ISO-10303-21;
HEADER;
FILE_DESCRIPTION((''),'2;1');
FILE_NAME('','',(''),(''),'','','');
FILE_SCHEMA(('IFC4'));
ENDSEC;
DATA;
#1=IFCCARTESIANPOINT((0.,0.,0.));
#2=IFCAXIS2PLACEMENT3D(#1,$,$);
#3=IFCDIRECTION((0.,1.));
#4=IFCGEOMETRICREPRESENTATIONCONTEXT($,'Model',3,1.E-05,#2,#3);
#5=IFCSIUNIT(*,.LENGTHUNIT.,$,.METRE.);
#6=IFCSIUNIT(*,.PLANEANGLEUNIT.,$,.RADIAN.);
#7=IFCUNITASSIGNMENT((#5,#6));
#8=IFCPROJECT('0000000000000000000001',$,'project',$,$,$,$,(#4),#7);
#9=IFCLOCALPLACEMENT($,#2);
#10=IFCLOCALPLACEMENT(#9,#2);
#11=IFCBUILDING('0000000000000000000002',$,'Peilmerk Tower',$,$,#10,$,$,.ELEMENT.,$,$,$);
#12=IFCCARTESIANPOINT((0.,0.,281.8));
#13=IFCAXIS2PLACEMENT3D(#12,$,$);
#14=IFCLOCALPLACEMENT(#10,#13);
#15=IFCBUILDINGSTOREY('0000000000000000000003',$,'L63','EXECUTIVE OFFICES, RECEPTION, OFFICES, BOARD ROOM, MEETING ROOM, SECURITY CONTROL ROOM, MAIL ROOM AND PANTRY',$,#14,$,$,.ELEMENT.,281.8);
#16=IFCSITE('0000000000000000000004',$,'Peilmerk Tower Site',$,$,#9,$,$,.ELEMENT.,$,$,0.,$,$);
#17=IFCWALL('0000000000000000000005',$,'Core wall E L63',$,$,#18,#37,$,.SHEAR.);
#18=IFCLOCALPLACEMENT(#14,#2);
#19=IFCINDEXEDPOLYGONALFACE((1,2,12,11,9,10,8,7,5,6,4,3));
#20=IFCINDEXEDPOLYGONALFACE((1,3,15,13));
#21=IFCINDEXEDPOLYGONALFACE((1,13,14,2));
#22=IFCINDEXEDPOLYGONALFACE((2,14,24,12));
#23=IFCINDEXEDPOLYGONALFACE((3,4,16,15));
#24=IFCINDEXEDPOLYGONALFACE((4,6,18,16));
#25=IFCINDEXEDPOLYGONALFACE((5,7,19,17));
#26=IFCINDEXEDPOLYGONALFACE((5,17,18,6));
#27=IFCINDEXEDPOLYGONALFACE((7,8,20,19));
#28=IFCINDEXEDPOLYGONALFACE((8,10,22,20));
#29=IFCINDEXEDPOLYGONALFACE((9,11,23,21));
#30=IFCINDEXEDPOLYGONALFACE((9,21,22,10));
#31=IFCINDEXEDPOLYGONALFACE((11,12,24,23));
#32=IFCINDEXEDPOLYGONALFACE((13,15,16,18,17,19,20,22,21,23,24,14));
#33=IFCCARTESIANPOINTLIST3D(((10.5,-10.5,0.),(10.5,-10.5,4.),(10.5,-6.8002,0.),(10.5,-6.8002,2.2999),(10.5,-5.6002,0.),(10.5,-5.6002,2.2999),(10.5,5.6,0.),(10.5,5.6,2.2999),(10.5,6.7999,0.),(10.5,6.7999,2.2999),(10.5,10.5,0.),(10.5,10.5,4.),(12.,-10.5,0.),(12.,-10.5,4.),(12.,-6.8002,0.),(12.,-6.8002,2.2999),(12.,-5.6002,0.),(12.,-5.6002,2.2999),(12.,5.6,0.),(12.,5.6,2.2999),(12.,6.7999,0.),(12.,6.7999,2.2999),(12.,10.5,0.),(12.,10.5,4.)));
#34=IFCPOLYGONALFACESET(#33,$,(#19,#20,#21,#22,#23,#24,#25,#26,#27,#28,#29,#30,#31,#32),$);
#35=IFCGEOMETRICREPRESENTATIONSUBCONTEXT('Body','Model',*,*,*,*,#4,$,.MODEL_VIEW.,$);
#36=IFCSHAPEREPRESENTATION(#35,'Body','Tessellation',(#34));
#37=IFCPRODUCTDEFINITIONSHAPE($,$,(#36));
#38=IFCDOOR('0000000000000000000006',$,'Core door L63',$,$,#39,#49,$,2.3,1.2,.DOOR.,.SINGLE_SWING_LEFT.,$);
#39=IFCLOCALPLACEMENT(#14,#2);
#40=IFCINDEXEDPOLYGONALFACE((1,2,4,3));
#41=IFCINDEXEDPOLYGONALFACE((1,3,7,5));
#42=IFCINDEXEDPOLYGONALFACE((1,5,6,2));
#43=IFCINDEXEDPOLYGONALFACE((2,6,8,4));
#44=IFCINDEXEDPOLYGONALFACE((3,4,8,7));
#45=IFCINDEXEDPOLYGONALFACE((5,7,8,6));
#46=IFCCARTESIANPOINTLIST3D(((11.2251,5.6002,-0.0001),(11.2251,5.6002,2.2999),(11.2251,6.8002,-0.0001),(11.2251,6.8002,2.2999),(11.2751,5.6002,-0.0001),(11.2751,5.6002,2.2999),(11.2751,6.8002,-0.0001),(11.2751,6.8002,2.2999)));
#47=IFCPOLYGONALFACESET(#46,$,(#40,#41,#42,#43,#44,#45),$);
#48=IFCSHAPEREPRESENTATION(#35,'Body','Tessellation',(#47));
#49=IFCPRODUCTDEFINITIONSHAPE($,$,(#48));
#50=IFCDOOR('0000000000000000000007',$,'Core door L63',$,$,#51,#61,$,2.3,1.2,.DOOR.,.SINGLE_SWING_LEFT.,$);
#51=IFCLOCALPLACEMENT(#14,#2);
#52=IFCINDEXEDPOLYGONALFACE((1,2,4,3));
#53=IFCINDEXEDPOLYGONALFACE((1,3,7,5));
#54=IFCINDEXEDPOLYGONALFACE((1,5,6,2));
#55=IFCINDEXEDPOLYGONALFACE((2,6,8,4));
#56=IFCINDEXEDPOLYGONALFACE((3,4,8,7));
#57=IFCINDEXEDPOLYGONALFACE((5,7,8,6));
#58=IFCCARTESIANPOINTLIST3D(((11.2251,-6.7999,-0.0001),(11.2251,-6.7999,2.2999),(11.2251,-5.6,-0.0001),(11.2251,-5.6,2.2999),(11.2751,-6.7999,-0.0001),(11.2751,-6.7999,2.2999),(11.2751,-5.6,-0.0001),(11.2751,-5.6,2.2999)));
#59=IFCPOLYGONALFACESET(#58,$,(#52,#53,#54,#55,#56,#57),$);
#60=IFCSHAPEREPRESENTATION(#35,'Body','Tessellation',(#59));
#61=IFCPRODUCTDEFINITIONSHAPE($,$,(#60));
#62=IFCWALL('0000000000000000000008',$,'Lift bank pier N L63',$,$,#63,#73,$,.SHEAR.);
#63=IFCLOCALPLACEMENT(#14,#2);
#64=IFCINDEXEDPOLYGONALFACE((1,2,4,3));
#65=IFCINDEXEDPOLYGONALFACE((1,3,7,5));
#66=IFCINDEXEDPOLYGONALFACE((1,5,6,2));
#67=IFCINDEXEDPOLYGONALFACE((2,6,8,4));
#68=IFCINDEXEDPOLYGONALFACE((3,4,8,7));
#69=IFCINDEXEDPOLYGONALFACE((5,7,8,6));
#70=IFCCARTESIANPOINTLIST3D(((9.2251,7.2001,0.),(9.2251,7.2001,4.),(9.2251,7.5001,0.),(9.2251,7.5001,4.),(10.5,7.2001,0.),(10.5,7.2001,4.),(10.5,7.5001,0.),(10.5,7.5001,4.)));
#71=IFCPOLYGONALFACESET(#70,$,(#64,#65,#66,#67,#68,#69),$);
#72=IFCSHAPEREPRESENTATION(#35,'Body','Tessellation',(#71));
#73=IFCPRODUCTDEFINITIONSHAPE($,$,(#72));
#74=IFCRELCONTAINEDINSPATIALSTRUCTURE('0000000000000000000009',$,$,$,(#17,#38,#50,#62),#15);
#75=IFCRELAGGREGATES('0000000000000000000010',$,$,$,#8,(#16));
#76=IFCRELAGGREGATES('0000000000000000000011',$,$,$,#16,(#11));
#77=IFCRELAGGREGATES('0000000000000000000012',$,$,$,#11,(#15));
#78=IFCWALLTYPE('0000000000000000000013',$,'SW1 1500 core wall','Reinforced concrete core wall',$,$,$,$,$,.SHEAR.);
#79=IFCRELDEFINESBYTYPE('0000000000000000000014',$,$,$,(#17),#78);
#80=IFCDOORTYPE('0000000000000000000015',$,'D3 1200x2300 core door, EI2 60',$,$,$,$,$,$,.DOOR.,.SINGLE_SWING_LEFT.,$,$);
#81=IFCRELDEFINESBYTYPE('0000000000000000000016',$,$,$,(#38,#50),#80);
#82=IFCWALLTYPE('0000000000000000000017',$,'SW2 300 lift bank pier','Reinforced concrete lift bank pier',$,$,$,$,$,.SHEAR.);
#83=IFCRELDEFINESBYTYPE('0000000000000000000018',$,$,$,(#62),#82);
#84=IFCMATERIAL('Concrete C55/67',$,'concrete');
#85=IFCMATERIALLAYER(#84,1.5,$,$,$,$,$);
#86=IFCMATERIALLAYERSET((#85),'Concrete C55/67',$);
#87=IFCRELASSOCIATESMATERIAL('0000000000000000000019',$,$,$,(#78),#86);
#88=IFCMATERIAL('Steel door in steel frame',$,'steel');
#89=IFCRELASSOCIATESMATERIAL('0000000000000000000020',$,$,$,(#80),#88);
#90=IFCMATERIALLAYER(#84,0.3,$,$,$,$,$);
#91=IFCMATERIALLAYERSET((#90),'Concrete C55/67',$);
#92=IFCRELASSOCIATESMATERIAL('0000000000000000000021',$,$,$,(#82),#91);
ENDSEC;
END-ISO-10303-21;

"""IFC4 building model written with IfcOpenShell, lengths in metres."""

from ifc_helpers import new_model, si_unit, direction, frame, frame_2d, origin, place, context, subcontext, project, spatial, rectangle, extrude, material, layer, layer_set, type_object, element, fill, save


model = new_model("IFC4")

# Units and contexts
model_context = context("Model", 3, precision=1e-05, world=origin(), true_north=direction((0.0, 1.0)))
body_context = subcontext(model_context, "Body", "Model", "MODEL_VIEW")
ifc_project = project(units=[si_unit("LENGTHUNIT", "METRE"), si_unit("PLANEANGLEUNIT", "RADIAN")], contexts=[model_context])

# Site, building, storey
site_placement = place(None, origin())
site = spatial("IfcSite", under=ifc_project, at=site_placement, Name="Peilmerk Tower Site", CompositionType="ELEMENT", RefElevation=0.0)
building_placement = place(site_placement, origin())
building = spatial("IfcBuilding", under=site, at=building_placement, Name="Peilmerk Tower", CompositionType="ELEMENT")
storey_placement = place(building_placement, frame((0.0, 0.0, 281.8)))
storey = spatial("IfcBuildingStorey", under=building, at=storey_placement, Name="L63", Description="EXECUTIVE OFFICES, RECEPTION, OFFICES, BOARD ROOM, MEETING ROOM, SECURITY CONTROL ROOM, MAIL ROOM AND PANTRY", CompositionType="ELEMENT", Elevation=281.8)

# Shared definitions
ifc_material_1 = material(Name="Steel door in steel frame", Category="steel")

# Wall, openings, doors
ifc_material_2 = material(Name="Concrete C55/67", Category="concrete")
ifc_layer_1 = layer(ifc_material_2, 1.5)
ifc_layer_set_1 = layer_set([ifc_layer_1], Name="Concrete C55/67")
wall_type_1 = type_object("IfcWallType", Name="SW1 1500 core wall", Description="Reinforced concrete core wall", PredefinedType="SHEAR", material=ifc_layer_set_1)
wall_1_placement = place(storey_placement, frame((11.25, 10.5, 0.0), z_axis=(0.0, 0.0, 1.0), x_axis=(0.0, -1.0, 0.0)))
wall_1 = element("IfcWall", 1, at=wall_1_placement, inside=storey, type_object=wall_type_1, Name="Core wall E L63", PredefinedType="SHEAR", context=body_context, shape_type="SweptSolid", body=[
    extrude(rectangle(XDim=21.0, YDim=1.5, at=frame_2d((10.5, 0.0))), origin(), (0.0, 0.0, 1.0), 4.0),
])
opening_1_placement = place(wall_1_placement, frame((3.7, 0.0, 0.0)))
opening_1 = element("IfcOpeningElement", 2, at=opening_1_placement, cuts=wall_1, PredefinedType="OPENING", context=body_context, shape_type="SweptSolid", body=[
    extrude(rectangle(XDim=1.2, YDim=2.3, at=frame_2d((0.6001, 1.1499))), frame((0.0, 0.76, 0.0), z_axis=(0.0, -1.0, 0.0), x_axis=(1.0, 0.0, 0.0)), (0.0, 0.0, 1.0), 1.52),
])
opening_2_placement = place(wall_1_placement, frame((16.1001, 0.0, 0.0)))
opening_2 = element("IfcOpeningElement", 3, at=opening_2_placement, cuts=wall_1, PredefinedType="OPENING", context=body_context, shape_type="SweptSolid", body=[
    extrude(rectangle(XDim=1.2, YDim=2.3, at=frame_2d((0.6001, 1.1499))), frame((0.0, 0.76, 0.0), z_axis=(0.0, -1.0, 0.0), x_axis=(1.0, 0.0, 0.0)), (0.0, 0.0, 1.0), 1.52),
])
door_type_1 = type_object("IfcDoorType", Name="D3 1200x2300 core door, EI2 60", OperationType="SINGLE_SWING_LEFT", PredefinedType="DOOR", material=ifc_material_1)
door_1_placement = place(opening_1_placement, frame((1.2, 0.0, 0.0), z_axis=(0.0, 0.0, 1.0), x_axis=(-1.0, 0.0, 0.0)))
door_1 = element("IfcDoor", 4, at=door_1_placement, inside=storey, type_object=door_type_1, Name="Core door L63", OperationType="SINGLE_SWING_LEFT", OverallHeight=2.3, OverallWidth=1.2, PredefinedType="DOOR", context=body_context, shape_type="SweptSolid", body=[
    extrude(rectangle(XDim=1.2, YDim=2.3, at=frame_2d((0.6001, 1.1499))), frame((0.0, 0.0249, 0.0), z_axis=(0.0, -1.0, 0.0), x_axis=(1.0, 0.0, 0.0)), (0.0, 0.0, 1.0), 0.05),
])
fill(opening_1, door_1)
door_2_placement = place(opening_2_placement, frame((1.2, 0.0, 0.0), z_axis=(0.0, 0.0, 1.0), x_axis=(-1.0, 0.0, 0.0)))
door_2 = element("IfcDoor", 5, at=door_2_placement, inside=storey, type_object=door_type_1, Name="Core door L63", OperationType="SINGLE_SWING_LEFT", OverallHeight=2.3, OverallWidth=1.2, PredefinedType="DOOR", context=body_context, shape_type="SweptSolid", body=[
    extrude(rectangle(XDim=1.2, YDim=2.3, at=frame_2d((0.6001, 1.1499))), frame((0.0, 0.0249, 0.0), z_axis=(0.0, -1.0, 0.0), x_axis=(1.0, 0.0, 0.0)), (0.0, 0.0, 1.0), 0.05),
])
fill(opening_2, door_2)

# Wall
ifc_layer_2 = layer(ifc_material_2, 0.3)
ifc_layer_set_2 = layer_set([ifc_layer_2], Name="Concrete C55/67")
wall_type_2 = type_object("IfcWallType", Name="SW2 300 lift bank pier", Description="Reinforced concrete lift bank pier", PredefinedType="SHEAR", material=ifc_layer_set_2)
wall_2_placement = place(storey_placement, frame((9.2251, 7.3501, 0.0), z_axis=(0.0, 0.0, 1.0), x_axis=(1.0, 0.0, 0.0)))
element("IfcWall", 6, at=wall_2_placement, inside=storey, type_object=wall_type_2, Name="Lift bank pier N L63", PredefinedType="SHEAR", context=body_context, shape_type="SweptSolid", body=[
    extrude(rectangle(XDim=1.2749, YDim=0.3, at=frame_2d((0.6375, 0.0))), origin(), (0.0, 0.0, 1.0), 4.0),
])

save(model, "model.ifc")
